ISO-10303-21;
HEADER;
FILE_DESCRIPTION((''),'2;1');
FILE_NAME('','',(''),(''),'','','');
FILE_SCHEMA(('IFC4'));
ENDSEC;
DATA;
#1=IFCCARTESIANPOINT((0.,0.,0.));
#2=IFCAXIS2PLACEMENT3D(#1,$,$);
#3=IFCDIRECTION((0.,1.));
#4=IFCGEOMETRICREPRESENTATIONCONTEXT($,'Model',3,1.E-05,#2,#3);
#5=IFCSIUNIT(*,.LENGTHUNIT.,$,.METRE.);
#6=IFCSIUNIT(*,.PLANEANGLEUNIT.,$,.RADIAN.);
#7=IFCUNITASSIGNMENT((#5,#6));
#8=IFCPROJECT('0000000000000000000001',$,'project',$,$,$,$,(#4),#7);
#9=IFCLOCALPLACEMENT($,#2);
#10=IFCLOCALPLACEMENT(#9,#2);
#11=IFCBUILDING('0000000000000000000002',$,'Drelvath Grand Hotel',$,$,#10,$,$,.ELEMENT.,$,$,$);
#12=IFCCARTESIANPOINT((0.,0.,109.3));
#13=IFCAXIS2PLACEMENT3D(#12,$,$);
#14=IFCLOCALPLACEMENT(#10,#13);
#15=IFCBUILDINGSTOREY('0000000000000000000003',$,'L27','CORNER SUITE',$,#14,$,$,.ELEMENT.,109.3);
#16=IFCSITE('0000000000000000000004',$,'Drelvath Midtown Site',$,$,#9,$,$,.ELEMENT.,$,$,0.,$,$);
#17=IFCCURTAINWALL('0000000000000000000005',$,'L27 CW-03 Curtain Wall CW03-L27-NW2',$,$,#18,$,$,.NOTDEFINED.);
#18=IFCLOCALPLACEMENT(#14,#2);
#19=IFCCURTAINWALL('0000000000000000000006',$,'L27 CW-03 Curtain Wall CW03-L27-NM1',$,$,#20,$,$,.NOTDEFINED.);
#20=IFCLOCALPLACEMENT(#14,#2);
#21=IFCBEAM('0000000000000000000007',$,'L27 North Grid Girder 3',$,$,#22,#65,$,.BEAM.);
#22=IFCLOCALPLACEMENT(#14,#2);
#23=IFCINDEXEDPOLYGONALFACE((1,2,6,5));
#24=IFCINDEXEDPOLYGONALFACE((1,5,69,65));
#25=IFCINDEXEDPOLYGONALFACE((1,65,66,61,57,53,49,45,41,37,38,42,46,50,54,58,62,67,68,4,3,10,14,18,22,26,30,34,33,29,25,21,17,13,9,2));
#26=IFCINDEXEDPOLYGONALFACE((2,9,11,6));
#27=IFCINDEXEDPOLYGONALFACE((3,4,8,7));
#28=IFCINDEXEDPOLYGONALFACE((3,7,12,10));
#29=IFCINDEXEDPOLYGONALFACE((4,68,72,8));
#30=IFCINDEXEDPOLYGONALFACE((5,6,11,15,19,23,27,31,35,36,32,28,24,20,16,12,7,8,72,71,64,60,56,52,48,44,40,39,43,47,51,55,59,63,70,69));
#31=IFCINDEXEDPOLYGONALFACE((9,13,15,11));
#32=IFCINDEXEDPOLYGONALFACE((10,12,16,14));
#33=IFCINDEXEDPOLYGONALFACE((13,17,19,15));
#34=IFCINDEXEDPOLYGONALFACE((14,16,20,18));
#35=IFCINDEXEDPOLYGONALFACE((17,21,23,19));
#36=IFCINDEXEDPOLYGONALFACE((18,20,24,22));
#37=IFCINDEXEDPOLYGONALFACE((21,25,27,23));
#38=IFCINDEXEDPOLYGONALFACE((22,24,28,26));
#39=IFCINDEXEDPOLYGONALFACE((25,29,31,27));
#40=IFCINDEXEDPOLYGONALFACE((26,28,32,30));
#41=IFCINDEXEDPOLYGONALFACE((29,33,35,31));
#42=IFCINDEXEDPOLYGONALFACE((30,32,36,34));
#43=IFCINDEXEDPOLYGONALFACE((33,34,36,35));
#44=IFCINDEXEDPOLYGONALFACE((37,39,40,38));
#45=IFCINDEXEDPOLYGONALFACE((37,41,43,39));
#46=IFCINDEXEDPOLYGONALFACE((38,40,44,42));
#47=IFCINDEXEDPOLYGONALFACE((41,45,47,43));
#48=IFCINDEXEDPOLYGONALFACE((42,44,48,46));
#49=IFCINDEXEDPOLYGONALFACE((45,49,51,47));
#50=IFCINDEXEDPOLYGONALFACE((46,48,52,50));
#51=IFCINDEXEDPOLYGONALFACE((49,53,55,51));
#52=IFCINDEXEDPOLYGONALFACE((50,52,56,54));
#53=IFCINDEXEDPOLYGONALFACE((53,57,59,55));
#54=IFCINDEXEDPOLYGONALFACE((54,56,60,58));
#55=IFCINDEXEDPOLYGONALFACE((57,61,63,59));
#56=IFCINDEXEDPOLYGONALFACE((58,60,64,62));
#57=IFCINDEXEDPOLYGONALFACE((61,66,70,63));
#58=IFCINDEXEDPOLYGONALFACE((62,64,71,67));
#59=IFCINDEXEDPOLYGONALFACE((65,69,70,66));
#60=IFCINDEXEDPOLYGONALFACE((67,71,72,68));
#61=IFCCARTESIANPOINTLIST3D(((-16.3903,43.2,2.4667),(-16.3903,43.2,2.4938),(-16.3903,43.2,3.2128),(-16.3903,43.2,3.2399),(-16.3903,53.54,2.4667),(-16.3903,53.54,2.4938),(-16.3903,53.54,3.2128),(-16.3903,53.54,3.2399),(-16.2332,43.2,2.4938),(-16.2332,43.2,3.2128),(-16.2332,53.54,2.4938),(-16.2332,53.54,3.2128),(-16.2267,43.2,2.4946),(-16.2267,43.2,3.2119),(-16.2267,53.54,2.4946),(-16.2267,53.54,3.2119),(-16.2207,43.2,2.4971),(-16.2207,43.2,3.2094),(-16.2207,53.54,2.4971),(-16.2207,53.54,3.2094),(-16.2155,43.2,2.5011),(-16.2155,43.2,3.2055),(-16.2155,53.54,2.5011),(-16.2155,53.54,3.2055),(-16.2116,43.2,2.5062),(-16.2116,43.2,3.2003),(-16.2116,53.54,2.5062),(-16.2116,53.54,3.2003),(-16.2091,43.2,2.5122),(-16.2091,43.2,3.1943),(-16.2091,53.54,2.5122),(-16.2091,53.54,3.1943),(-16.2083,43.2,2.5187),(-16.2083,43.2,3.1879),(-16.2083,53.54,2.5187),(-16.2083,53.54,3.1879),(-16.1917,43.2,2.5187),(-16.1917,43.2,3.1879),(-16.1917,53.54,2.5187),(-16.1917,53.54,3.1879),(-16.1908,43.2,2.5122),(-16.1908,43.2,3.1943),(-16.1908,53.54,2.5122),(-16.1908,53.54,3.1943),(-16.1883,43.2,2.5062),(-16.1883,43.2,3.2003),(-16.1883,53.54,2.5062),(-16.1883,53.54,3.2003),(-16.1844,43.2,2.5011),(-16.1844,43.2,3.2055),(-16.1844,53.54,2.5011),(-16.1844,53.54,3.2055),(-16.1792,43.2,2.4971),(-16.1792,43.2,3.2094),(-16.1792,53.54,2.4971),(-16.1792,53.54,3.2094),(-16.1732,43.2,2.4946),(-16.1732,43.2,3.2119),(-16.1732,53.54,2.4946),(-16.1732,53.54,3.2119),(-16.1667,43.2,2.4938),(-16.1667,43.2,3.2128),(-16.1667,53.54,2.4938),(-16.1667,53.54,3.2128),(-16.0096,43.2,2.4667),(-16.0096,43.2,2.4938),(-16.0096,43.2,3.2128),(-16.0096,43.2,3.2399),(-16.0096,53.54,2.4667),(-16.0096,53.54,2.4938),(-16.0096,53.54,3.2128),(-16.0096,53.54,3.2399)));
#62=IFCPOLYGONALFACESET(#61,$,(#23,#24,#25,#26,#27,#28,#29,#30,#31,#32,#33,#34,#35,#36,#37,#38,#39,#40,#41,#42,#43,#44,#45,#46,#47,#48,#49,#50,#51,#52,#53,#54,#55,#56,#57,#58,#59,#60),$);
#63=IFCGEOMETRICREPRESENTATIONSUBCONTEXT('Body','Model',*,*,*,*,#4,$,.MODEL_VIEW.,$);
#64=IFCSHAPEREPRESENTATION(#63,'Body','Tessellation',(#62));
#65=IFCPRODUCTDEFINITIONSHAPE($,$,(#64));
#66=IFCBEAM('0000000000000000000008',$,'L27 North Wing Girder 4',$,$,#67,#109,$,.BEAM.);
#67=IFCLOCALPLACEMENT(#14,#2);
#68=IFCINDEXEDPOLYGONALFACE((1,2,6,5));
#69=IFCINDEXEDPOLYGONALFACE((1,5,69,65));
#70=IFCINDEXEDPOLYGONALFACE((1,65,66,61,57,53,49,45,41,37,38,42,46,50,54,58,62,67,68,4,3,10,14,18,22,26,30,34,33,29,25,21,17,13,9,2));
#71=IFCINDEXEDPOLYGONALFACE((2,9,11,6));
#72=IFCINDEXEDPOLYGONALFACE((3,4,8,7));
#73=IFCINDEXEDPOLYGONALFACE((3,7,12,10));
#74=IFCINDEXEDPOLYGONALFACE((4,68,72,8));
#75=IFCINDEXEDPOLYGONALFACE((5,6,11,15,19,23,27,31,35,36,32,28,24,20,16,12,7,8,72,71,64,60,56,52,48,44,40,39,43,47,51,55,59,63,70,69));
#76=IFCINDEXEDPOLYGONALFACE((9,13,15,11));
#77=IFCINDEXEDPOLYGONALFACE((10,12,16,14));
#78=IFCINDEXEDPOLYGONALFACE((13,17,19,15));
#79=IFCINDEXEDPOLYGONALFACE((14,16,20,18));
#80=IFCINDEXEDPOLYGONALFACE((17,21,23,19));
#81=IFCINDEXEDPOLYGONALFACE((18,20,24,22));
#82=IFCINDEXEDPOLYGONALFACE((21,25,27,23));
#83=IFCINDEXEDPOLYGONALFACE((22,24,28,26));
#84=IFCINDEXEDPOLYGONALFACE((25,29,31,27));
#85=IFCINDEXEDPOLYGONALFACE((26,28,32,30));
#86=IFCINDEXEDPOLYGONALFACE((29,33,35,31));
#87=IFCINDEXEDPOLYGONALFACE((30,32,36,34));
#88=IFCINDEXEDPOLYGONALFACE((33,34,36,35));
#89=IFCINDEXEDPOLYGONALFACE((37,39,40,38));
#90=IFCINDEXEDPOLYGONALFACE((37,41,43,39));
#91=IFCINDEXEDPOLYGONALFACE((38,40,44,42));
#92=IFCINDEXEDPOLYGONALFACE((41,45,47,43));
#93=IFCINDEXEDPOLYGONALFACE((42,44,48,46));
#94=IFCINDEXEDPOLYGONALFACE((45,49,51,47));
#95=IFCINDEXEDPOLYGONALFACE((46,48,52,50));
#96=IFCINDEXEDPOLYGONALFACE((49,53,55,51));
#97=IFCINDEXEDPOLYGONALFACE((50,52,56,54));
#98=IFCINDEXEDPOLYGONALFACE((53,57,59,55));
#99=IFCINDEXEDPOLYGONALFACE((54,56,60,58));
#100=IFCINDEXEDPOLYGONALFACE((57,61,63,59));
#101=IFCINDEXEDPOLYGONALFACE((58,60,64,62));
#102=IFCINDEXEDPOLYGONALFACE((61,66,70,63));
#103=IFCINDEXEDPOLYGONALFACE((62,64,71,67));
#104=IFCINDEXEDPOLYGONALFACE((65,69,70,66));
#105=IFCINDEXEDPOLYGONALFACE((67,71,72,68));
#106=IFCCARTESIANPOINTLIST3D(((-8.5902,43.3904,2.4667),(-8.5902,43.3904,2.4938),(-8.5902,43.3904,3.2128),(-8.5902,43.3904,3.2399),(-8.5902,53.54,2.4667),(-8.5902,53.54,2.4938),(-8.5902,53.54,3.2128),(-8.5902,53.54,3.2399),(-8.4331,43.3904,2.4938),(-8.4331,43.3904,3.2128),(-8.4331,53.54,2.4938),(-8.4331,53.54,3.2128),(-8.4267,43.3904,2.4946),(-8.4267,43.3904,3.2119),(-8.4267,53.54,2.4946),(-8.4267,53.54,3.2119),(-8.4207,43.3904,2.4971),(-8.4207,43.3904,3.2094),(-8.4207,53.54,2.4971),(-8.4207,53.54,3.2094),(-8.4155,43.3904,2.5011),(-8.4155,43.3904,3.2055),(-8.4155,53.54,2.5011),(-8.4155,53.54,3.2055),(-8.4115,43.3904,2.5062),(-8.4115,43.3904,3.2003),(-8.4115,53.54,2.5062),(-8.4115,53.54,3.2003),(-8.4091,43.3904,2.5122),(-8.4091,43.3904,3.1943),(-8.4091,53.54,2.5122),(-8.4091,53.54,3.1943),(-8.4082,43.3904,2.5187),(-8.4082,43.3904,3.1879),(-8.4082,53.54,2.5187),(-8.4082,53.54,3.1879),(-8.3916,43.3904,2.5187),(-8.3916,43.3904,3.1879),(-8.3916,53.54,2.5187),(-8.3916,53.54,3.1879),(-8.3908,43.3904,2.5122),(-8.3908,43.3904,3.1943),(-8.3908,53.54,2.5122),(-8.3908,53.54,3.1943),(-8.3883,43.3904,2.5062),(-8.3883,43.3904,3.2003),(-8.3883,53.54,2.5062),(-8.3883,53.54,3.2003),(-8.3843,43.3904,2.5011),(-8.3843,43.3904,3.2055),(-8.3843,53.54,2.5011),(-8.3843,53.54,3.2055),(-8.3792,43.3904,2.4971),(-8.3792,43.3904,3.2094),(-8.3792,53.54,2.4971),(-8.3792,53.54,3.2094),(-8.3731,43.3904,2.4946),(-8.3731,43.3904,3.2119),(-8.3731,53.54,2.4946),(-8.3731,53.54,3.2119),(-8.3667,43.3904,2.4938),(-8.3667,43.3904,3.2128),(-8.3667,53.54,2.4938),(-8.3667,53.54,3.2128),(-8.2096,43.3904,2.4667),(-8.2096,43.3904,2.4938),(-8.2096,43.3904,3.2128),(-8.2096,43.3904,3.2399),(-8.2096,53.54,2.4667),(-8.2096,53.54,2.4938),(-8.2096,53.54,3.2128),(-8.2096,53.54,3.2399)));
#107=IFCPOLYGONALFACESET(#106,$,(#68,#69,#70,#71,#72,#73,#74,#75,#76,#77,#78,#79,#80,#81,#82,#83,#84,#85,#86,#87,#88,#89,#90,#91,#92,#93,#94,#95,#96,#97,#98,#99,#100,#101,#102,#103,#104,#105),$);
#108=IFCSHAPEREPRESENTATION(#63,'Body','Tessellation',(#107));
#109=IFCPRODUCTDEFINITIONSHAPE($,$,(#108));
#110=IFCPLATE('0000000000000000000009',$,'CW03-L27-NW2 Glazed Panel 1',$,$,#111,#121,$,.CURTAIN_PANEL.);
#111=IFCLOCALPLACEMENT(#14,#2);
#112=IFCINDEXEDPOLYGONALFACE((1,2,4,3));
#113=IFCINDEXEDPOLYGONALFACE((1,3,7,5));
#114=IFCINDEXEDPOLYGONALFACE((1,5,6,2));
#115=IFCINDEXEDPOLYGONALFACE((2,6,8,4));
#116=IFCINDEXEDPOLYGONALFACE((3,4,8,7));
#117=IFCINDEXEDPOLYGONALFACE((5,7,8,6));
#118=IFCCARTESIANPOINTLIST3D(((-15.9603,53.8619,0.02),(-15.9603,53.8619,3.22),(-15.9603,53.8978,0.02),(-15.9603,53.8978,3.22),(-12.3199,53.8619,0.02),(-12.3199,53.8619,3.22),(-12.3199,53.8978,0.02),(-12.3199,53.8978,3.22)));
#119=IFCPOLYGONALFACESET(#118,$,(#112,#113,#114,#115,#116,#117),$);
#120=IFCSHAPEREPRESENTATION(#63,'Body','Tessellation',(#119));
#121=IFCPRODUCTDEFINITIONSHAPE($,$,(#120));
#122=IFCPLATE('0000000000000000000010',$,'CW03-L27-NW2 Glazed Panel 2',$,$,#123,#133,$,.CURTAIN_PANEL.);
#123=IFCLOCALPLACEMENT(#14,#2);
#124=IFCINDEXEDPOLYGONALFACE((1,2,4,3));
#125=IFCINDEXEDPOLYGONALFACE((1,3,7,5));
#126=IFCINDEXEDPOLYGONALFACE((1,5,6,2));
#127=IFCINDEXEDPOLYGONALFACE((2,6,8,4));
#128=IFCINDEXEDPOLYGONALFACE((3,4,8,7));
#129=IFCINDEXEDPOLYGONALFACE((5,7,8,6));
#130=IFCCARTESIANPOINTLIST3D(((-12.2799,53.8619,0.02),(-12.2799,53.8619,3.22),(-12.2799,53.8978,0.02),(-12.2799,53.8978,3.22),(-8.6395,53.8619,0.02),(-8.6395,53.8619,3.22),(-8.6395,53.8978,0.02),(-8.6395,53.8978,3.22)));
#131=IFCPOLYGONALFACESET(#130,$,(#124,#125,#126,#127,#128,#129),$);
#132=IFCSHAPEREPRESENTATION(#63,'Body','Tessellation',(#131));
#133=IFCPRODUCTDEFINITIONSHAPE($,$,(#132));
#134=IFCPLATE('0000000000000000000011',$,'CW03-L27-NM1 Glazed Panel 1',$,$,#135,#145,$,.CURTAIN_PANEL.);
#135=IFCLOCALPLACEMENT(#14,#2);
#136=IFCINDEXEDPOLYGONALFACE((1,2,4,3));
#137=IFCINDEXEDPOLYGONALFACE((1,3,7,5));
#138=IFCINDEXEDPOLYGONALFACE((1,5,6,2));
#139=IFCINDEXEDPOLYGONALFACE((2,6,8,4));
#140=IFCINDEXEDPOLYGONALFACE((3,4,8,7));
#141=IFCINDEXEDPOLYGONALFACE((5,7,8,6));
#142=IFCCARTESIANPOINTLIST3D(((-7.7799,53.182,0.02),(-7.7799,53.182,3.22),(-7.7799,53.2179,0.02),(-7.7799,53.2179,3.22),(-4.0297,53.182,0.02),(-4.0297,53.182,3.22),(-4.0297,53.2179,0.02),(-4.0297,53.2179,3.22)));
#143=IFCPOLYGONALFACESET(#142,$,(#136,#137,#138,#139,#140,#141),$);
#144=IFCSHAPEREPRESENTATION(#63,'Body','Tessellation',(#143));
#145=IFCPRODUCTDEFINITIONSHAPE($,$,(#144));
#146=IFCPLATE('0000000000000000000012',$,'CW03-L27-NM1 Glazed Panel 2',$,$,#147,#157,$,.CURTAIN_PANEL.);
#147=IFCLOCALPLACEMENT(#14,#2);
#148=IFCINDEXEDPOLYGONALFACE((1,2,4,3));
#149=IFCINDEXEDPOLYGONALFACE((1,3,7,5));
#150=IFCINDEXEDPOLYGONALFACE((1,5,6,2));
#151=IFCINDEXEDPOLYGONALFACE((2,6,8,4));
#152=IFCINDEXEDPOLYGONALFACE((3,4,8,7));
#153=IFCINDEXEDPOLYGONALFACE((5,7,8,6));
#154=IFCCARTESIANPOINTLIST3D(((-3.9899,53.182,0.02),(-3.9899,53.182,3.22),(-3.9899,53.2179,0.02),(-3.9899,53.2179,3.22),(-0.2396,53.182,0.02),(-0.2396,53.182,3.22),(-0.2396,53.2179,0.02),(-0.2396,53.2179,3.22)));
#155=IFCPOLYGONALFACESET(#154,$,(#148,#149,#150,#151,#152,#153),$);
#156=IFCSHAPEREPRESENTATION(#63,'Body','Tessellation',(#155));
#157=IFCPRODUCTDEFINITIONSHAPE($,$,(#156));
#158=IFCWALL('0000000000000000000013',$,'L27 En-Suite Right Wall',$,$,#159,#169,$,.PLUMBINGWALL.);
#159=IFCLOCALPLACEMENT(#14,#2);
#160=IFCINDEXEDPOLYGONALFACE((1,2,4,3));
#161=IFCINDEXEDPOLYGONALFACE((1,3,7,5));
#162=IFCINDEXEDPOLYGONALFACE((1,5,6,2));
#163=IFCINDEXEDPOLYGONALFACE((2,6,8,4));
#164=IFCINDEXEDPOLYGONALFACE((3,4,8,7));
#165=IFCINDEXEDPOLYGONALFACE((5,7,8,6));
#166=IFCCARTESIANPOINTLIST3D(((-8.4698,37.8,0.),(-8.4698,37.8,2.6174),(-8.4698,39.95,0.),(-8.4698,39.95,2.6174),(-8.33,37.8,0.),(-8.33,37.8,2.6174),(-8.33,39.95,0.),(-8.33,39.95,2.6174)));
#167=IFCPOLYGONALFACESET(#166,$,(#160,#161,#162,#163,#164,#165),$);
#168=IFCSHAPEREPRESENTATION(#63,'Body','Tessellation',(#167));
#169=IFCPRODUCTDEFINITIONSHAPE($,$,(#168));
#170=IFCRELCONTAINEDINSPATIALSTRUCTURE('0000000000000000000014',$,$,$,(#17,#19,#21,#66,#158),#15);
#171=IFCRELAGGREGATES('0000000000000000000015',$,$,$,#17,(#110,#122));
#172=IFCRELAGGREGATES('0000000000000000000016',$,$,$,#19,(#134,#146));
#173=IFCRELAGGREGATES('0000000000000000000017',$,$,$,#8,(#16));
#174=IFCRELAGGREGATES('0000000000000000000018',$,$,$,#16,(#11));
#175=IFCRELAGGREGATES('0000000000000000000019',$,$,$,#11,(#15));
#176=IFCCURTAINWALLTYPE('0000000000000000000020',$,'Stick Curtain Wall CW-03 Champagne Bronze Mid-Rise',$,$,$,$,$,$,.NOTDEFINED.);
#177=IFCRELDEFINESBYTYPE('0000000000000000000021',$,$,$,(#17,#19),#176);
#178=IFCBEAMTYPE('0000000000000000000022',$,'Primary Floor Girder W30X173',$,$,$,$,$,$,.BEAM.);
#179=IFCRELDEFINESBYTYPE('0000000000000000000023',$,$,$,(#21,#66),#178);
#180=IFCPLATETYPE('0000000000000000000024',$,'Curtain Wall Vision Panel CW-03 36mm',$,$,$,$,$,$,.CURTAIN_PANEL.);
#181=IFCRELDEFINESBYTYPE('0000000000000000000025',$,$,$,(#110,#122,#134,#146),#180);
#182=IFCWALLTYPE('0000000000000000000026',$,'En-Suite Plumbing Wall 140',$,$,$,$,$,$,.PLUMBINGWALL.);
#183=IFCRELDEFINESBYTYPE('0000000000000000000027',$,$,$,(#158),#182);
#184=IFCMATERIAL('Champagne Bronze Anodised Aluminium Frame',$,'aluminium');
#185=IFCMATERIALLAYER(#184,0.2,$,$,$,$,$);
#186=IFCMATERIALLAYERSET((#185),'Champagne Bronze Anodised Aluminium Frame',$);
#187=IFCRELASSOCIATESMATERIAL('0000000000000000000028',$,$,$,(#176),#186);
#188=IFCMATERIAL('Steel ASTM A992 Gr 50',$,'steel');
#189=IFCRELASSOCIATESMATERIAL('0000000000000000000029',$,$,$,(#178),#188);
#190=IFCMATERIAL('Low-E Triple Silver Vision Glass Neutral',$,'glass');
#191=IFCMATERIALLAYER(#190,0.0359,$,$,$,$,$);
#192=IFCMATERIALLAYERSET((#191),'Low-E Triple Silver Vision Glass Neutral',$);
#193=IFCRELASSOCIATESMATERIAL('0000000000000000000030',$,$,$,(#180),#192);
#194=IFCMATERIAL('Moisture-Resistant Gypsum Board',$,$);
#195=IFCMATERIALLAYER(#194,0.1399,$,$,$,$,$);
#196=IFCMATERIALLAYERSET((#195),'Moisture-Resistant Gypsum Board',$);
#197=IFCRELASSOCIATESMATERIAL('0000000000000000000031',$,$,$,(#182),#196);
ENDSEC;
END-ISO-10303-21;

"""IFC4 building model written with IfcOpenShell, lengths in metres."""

from ifc_helpers import new_model, si_unit, direction, frame, frame_2d, origin, origin_2d, place, context, subcontext, project, spatial, rectangle, i_section, extrude, material, layer, layer_set, material_profile, profile_set, type_object, element, aggregate, save


model = new_model("IFC4")

# Units and contexts
model_context = context("Model", 3, precision=1e-05, world=origin(), true_north=direction((0.0, 1.0)))
body_context = subcontext(model_context, "Body", "Model", "MODEL_VIEW")
ifc_project = project(units=[si_unit("LENGTHUNIT", "METRE"), si_unit("PLANEANGLEUNIT", "RADIAN")], contexts=[model_context])

# Site, building, storey
site_placement = place(None, origin())
site = spatial("IfcSite", under=ifc_project, at=site_placement, Name="Drelvath Midtown Site", CompositionType="ELEMENT", RefElevation=0.0)
building_placement = place(site_placement, origin())
building = spatial("IfcBuilding", under=site, at=building_placement, Name="Drelvath Grand Hotel", CompositionType="ELEMENT")
storey_placement = place(building_placement, frame((0.0, 0.0, 109.3)))
storey = spatial("IfcBuildingStorey", under=building, at=storey_placement, Name="L27", Description="CORNER SUITE", CompositionType="ELEMENT", Elevation=109.3)

# Curtain walls
ifc_material_1 = material(Name="Champagne Bronze Anodised Aluminium Frame", Category="aluminium")
ifc_layer_1 = layer(ifc_material_1, 0.2)
ifc_layer_set_1 = layer_set([ifc_layer_1], Name="Champagne Bronze Anodised Aluminium Frame")
curtain_wall_type = type_object("IfcCurtainWallType", Name="Stick Curtain Wall CW-03 Champagne Bronze Mid-Rise", PredefinedType="NOTDEFINED", material=ifc_layer_set_1)
curtain_wall_1_placement = place(storey_placement, origin())
curtain_wall_1 = element("IfcCurtainWall", 1, at=curtain_wall_1_placement, inside=storey, type_object=curtain_wall_type, Name="L27 CW-03 Curtain Wall CW03-L27-NW2", PredefinedType="NOTDEFINED")
curtain_wall_2_placement = place(storey_placement, origin())
curtain_wall_2 = element("IfcCurtainWall", 2, at=curtain_wall_2_placement, inside=storey, type_object=curtain_wall_type, Name="L27 CW-03 Curtain Wall CW03-L27-NM1", PredefinedType="NOTDEFINED")

# Beams
ifc_material_2 = material(Name="Steel ASTM A992 Gr 50", Category="steel")
ifc_material_profile_1 = material_profile(ifc_material_2, i_section(OverallWidth=0.3806, OverallDepth=0.7732, WebThickness=0.0166, FlangeThickness=0.0271, FilletRadius=0.0249, at=origin_2d()), Name="W30X173")
ifc_profile_set_1 = profile_set([ifc_material_profile_1], Name="Steel ASTM A992 Gr 50")
beam_type_1 = type_object("IfcBeamType", Name="Primary Floor Girder W30X173", PredefinedType="BEAM", material=ifc_profile_set_1)
beam_1_placement = place(storey_placement, frame((-16.2, 43.2, 2.8533), z_axis=(0.0, 1.0, 0.0), x_axis=(-1.0, 0.0, 0.0)))
element("IfcBeam", 3, at=beam_1_placement, inside=storey, type_object=beam_type_1, Name="L27 North Grid Girder 3", PredefinedType="BEAM", context=body_context, shape_type="SweptSolid", body=[
    extrude(i_section(OverallWidth=0.3806, OverallDepth=0.7732, WebThickness=0.0166, FlangeThickness=0.0271, FilletRadius=0.0249, at=origin_2d()), origin(), (0.0, 0.0, 1.0), 10.3401),
])
beam_2_placement = place(storey_placement, frame((-8.3999, 43.3904, 2.8533), z_axis=(0.0, 1.0, 0.0), x_axis=(-1.0, 0.0, 0.0)))
element("IfcBeam", 4, at=beam_2_placement, inside=storey, type_object=beam_type_1, Name="L27 North Wing Girder 4", PredefinedType="BEAM", context=body_context, shape_type="SweptSolid", body=[
    extrude(i_section(OverallWidth=0.3806, OverallDepth=0.7732, WebThickness=0.0166, FlangeThickness=0.0271, FilletRadius=0.0249, at=origin_2d()), origin(), (0.0, 0.0, 1.0), 10.1497),
])

# Plates
ifc_material_3 = material(Name="Low-E Triple Silver Vision Glass Neutral", Category="glass")
ifc_layer_2 = layer(ifc_material_3, 0.0359)
ifc_layer_set_2 = layer_set([ifc_layer_2], Name="Low-E Triple Silver Vision Glass Neutral")
plate_type = type_object("IfcPlateType", Name="Curtain Wall Vision Panel CW-03 36mm", PredefinedType="CURTAIN_PANEL", material=ifc_layer_set_2)
plate_1_placement = place(storey_placement, frame((-14.1401, 53.8799, 0.02), z_axis=(0.0, 0.0, 1.0), x_axis=(1.0, 0.0, 0.0)))
plate_1 = element("IfcPlate", 5, at=plate_1_placement, type_object=plate_type, Name="CW03-L27-NW2 Glazed Panel 1", PredefinedType="CURTAIN_PANEL", context=body_context, shape_type="SweptSolid", body=[
    extrude(rectangle(XDim=3.6404, YDim=0.0359, at=origin_2d()), origin(), (0.0, 0.0, 1.0), 3.2),
])
plate_2_placement = place(storey_placement, frame((-10.4597, 53.8799, 0.02), z_axis=(0.0, 0.0, 1.0), x_axis=(1.0, 0.0, 0.0)))
plate_2 = element("IfcPlate", 6, at=plate_2_placement, type_object=plate_type, Name="CW03-L27-NW2 Glazed Panel 2", PredefinedType="CURTAIN_PANEL", context=body_context, shape_type="SweptSolid", body=[
    extrude(rectangle(XDim=3.6404, YDim=0.0359, at=origin_2d()), origin(), (0.0, 0.0, 1.0), 3.2),
])
aggregate(curtain_wall_1, [plate_1, plate_2])
plate_3_placement = place(storey_placement, frame((-5.9048, 53.2, 0.02), z_axis=(0.0, 0.0, 1.0), x_axis=(1.0, 0.0, 0.0)))
plate_3 = element("IfcPlate", 7, at=plate_3_placement, type_object=plate_type, Name="CW03-L27-NM1 Glazed Panel 1", PredefinedType="CURTAIN_PANEL", context=body_context, shape_type="SweptSolid", body=[
    extrude(rectangle(XDim=3.7502, YDim=0.0359, at=origin_2d()), origin(), (0.0, 0.0, 1.0), 3.2),
])
plate_4_placement = place(storey_placement, frame((-2.1147, 53.2, 0.02), z_axis=(0.0, 0.0, 1.0), x_axis=(1.0, 0.0, 0.0)))
plate_4 = element("IfcPlate", 8, at=plate_4_placement, type_object=plate_type, Name="CW03-L27-NM1 Glazed Panel 2", PredefinedType="CURTAIN_PANEL", context=body_context, shape_type="SweptSolid", body=[
    extrude(rectangle(XDim=3.7502, YDim=0.0359, at=origin_2d()), origin(), (0.0, 0.0, 1.0), 3.2),
])
aggregate(curtain_wall_2, [plate_3, plate_4])

# Wall
ifc_material_4 = material(Name="Moisture-Resistant Gypsum Board")
ifc_layer_3 = layer(ifc_material_4, 0.1399)
ifc_layer_set_3 = layer_set([ifc_layer_3], Name="Moisture-Resistant Gypsum Board")
wall_type_1 = type_object("IfcWallType", Name="En-Suite Plumbing Wall 140", PredefinedType="PLUMBINGWALL", material=ifc_layer_set_3)
wall_1_placement = place(storey_placement, frame((-8.3999, 37.8, 0.0), z_axis=(0.0, 0.0, 1.0), x_axis=(0.0, 1.0, 0.0)))
element("IfcWall", 9, at=wall_1_placement, inside=storey, type_object=wall_type_1, Name="L27 En-Suite Right Wall", PredefinedType="PLUMBINGWALL", context=body_context, shape_type="SweptSolid", body=[
    extrude(rectangle(XDim=2.1499, YDim=0.1399, at=frame_2d((1.075, 0.0))), origin(), (0.0, 0.0, 1.0), 2.6174),
])

save(model, "model.ifc")
